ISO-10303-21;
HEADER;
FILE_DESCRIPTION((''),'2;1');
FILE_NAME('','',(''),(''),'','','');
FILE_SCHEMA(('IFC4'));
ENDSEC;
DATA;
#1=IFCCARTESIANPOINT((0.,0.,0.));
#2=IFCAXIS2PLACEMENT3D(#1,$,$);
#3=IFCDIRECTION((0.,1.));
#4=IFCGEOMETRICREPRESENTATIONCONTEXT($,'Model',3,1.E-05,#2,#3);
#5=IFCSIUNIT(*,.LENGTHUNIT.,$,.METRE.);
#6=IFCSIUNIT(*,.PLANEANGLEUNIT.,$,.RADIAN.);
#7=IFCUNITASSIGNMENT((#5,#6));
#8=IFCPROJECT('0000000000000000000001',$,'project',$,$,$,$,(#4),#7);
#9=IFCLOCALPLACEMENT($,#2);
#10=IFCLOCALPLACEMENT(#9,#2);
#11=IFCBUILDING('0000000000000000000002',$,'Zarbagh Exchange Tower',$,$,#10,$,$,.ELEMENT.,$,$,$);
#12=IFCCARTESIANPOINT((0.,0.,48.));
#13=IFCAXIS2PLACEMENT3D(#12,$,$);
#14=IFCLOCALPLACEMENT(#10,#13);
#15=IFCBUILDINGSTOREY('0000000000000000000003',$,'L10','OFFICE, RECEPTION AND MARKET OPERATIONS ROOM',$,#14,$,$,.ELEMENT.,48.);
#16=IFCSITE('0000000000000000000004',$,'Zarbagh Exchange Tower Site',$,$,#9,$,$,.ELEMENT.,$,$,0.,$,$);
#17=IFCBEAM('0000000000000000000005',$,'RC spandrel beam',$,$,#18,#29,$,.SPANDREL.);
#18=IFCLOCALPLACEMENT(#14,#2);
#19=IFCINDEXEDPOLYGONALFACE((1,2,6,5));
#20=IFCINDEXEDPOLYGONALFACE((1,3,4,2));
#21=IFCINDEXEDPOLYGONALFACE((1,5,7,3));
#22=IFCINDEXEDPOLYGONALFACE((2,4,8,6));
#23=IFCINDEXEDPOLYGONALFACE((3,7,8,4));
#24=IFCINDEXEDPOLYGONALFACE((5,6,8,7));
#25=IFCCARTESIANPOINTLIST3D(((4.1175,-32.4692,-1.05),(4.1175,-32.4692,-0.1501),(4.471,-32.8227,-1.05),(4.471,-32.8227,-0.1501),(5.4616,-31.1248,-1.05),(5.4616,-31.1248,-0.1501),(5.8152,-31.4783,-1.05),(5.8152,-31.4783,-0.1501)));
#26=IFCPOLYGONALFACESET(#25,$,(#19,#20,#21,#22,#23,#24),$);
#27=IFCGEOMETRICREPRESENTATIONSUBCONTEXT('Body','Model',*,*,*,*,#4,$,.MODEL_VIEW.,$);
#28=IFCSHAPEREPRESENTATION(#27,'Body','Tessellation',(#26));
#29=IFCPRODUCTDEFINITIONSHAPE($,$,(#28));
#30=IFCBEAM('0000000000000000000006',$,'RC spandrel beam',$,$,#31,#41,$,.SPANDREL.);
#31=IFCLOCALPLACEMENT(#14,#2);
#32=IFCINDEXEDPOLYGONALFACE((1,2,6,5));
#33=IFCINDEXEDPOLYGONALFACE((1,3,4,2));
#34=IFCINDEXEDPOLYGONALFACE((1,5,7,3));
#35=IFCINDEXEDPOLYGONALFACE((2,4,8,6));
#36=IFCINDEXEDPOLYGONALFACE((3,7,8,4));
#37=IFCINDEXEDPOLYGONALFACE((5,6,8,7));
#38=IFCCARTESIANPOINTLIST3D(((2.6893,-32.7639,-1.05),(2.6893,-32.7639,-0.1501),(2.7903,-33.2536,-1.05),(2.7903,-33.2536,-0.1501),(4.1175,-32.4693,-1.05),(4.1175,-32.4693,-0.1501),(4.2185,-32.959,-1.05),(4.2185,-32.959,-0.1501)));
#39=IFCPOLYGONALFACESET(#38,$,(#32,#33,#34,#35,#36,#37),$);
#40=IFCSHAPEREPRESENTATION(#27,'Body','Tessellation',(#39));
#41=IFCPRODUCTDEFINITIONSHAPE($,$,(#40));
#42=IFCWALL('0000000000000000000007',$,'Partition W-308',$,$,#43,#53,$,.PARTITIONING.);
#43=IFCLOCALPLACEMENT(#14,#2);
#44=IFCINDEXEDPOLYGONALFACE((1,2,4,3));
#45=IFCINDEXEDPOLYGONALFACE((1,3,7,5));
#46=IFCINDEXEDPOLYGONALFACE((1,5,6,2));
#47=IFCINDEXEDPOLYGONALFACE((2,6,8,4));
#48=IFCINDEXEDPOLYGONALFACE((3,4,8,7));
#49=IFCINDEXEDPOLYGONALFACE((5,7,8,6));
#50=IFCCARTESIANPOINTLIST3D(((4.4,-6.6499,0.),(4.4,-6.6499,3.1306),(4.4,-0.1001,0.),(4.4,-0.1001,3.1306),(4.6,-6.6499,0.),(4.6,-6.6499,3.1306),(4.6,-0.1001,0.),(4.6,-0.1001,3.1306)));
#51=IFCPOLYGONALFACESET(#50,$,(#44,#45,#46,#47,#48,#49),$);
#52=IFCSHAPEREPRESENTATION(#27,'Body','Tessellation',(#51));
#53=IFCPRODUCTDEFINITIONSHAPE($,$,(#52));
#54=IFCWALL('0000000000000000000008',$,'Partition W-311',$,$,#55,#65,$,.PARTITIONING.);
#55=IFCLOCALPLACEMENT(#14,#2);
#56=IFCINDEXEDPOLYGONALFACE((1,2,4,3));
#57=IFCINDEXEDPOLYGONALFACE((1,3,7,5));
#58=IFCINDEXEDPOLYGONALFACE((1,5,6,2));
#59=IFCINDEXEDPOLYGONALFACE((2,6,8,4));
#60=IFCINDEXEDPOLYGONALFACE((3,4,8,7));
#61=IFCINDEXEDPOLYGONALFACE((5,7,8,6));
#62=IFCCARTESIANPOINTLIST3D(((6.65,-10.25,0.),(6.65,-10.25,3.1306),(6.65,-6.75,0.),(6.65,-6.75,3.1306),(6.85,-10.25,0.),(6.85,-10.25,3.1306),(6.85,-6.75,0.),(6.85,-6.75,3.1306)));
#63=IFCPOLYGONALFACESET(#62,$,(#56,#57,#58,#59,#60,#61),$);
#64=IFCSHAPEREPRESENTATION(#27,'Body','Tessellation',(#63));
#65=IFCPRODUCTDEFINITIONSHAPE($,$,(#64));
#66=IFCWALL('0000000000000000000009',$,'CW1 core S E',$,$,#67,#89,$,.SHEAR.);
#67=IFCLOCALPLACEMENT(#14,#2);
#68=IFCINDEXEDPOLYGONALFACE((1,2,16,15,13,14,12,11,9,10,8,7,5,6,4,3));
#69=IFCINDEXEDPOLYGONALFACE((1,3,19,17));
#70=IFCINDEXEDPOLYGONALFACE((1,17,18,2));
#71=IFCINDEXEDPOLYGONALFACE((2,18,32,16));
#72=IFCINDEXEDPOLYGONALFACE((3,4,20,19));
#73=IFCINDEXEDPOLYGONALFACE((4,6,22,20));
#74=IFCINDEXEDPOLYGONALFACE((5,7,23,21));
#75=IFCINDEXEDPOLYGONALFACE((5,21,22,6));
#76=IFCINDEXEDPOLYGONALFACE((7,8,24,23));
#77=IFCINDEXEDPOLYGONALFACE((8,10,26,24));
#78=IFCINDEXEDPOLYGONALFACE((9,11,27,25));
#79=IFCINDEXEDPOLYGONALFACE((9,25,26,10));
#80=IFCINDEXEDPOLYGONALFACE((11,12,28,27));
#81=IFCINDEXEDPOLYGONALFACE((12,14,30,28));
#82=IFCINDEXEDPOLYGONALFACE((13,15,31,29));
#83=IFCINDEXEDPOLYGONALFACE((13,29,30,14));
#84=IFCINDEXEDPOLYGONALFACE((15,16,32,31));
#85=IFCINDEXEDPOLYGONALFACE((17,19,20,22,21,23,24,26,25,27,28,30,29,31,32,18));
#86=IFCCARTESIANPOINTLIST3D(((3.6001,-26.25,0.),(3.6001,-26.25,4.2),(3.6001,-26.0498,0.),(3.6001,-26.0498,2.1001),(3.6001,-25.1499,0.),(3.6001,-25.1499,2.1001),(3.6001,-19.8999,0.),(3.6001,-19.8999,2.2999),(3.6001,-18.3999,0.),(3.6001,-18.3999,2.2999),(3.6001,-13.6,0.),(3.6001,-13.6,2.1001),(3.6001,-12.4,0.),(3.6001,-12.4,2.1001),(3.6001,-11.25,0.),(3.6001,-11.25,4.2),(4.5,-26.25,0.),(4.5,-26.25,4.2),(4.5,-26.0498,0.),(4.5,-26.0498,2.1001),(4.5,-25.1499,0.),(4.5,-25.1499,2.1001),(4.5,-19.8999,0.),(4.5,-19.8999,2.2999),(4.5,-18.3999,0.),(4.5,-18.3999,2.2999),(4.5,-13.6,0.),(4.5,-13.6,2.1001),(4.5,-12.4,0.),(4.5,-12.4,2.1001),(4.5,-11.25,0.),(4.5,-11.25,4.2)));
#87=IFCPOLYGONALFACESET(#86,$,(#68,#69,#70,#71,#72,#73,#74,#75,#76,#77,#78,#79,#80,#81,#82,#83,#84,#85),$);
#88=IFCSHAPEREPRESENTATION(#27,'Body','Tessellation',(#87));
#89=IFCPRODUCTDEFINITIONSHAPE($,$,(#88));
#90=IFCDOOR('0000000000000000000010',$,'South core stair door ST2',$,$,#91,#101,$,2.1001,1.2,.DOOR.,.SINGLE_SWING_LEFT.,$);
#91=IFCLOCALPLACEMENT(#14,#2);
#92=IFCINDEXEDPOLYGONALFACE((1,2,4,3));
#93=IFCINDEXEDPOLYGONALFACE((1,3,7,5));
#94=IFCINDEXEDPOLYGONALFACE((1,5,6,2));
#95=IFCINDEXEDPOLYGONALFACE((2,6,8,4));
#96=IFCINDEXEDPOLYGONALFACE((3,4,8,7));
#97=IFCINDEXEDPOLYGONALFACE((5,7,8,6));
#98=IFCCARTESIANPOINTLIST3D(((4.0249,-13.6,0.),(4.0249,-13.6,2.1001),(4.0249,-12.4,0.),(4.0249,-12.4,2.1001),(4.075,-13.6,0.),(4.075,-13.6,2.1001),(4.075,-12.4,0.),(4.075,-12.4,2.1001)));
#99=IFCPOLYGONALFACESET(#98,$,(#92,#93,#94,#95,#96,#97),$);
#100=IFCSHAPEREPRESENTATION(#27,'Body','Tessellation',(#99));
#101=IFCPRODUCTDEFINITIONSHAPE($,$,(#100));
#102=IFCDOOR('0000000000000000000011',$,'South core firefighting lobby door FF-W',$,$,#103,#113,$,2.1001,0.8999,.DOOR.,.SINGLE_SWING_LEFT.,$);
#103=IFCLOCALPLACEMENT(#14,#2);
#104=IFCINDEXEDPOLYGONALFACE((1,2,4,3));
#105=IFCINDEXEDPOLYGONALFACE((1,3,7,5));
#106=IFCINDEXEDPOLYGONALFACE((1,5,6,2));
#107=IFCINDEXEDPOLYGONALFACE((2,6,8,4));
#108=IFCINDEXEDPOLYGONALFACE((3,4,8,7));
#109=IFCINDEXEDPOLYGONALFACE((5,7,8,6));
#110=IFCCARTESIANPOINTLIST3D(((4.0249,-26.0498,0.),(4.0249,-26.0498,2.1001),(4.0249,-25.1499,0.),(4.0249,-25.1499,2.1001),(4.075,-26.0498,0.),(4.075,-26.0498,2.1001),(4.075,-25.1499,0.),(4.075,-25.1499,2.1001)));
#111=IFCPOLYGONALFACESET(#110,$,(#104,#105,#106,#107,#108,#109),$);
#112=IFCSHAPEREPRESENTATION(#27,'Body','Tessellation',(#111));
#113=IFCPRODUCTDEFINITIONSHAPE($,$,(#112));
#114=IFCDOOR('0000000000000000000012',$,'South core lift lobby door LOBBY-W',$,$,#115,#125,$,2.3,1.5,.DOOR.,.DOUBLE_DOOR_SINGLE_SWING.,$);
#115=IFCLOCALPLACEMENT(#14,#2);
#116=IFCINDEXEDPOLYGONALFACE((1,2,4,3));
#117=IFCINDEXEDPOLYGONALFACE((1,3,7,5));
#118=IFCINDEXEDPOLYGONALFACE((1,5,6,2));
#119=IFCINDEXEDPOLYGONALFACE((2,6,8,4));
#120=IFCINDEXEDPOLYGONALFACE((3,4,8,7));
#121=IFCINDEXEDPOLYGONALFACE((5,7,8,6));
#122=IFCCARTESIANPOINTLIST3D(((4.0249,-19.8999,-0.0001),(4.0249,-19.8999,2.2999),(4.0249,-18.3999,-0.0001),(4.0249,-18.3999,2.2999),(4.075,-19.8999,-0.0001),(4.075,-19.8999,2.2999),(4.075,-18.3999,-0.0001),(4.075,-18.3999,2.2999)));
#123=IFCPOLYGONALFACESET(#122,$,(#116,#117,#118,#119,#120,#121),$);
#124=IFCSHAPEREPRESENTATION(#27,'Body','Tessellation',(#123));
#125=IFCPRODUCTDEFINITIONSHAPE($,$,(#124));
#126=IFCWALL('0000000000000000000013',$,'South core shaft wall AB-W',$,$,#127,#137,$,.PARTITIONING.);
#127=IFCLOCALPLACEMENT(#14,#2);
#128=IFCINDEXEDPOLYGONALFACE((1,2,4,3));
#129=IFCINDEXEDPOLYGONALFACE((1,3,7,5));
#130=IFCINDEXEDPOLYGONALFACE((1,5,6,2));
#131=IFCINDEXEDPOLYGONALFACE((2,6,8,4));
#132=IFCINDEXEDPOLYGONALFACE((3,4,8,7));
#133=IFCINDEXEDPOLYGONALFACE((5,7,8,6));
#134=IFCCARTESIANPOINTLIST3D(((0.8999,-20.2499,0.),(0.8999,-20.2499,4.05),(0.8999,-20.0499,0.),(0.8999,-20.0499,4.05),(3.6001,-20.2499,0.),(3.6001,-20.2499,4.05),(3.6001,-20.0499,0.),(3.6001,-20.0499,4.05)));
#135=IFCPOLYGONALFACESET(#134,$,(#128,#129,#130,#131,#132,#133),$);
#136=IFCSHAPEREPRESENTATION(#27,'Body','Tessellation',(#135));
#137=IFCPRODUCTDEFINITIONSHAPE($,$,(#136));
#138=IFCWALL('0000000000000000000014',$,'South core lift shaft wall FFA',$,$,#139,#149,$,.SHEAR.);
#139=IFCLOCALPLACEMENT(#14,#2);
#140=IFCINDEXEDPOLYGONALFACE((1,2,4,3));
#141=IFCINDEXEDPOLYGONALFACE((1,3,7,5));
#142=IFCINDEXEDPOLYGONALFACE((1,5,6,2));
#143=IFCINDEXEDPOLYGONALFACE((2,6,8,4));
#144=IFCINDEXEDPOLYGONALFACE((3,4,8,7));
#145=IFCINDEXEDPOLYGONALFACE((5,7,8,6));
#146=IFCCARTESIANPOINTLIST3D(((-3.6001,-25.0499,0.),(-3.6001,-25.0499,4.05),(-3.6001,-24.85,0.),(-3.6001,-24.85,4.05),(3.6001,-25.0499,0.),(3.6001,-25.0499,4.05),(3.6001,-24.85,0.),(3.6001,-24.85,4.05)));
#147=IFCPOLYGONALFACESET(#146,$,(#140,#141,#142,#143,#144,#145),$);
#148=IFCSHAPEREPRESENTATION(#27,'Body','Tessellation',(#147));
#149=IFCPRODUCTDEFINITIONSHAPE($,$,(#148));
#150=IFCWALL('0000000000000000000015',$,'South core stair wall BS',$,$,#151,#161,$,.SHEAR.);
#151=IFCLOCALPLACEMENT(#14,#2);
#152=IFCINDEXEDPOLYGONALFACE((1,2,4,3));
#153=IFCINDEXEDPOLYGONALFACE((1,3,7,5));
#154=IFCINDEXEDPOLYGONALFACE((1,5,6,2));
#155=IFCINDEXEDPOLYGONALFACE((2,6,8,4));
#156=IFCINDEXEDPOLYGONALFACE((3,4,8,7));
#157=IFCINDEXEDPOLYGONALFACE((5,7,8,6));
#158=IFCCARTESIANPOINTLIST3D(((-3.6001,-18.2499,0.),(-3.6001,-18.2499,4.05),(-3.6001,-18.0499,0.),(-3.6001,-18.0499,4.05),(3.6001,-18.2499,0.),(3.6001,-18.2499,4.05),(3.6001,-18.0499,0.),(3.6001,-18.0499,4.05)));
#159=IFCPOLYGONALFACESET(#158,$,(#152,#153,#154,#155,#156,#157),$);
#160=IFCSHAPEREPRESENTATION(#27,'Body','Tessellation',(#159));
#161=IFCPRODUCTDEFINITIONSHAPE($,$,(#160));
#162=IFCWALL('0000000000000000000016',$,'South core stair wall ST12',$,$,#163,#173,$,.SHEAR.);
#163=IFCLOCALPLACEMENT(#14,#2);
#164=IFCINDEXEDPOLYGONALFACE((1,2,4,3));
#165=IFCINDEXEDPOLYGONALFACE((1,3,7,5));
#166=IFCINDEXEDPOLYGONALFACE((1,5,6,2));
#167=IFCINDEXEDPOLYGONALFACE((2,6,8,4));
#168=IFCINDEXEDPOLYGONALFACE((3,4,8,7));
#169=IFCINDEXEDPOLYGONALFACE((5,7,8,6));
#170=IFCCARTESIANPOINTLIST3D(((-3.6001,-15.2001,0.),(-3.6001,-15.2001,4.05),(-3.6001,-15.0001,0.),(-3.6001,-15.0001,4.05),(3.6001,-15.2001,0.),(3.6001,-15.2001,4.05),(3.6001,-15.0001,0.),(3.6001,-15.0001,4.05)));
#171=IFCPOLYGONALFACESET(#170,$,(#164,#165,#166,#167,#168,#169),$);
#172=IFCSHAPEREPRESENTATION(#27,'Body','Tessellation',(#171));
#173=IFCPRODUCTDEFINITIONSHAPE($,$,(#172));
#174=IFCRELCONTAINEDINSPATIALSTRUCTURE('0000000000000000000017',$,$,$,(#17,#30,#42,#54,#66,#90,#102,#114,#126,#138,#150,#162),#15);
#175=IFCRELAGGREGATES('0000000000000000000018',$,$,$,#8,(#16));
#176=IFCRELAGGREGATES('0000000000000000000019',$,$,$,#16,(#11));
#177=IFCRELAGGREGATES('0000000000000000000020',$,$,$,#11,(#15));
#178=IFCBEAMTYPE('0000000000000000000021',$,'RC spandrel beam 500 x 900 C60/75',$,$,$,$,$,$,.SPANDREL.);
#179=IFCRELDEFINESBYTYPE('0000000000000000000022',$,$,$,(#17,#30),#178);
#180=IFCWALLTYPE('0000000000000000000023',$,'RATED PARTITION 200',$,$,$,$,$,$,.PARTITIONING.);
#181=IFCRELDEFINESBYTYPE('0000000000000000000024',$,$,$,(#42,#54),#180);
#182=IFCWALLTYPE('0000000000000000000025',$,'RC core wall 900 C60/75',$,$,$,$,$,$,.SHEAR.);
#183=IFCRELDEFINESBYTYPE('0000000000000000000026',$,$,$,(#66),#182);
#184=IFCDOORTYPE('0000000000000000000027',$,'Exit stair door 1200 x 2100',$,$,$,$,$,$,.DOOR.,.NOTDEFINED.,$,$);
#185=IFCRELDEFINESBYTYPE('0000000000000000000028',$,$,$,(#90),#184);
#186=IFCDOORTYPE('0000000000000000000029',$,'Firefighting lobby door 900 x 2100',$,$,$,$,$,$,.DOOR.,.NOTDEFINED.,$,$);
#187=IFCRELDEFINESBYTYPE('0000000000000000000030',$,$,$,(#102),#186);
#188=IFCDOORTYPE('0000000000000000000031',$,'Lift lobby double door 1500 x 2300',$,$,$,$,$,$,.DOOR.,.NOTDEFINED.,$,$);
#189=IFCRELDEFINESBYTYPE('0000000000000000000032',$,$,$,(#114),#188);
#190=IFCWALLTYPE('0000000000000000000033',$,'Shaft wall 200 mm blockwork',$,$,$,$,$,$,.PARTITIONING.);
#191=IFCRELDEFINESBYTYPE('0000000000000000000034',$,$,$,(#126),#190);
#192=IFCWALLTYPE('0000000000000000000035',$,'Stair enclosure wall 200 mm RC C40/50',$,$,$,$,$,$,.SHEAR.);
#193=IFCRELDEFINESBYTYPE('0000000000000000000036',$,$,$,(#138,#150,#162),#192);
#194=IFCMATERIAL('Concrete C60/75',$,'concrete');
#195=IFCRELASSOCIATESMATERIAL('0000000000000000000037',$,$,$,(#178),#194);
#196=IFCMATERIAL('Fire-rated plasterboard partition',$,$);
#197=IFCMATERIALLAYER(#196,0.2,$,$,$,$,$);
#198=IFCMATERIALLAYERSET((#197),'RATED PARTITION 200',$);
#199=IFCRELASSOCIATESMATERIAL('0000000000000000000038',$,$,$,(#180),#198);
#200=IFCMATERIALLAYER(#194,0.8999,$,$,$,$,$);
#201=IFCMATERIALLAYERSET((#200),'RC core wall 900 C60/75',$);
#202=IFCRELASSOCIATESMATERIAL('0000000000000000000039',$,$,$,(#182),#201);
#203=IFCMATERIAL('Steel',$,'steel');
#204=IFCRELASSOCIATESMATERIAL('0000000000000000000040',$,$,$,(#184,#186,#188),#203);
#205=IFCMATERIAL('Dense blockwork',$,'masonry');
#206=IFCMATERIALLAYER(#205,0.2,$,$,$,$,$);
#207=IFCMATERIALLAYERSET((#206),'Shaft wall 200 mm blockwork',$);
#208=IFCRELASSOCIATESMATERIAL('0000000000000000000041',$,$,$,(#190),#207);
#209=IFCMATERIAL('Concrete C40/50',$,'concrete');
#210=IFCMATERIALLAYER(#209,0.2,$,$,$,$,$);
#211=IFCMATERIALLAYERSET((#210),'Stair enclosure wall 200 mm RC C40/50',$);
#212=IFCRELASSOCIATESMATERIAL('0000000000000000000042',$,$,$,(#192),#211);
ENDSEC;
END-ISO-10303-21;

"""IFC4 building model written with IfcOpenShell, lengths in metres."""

from ifc_helpers import new_model, si_unit, direction, frame, frame_2d, origin, origin_2d, place, context, subcontext, project, spatial, rectangle, extrude, material, layer, layer_set, material_profile, profile_set, type_object, element, fill, save


model = new_model("IFC4")

# Units and contexts
model_context = context("Model", 3, precision=1e-05, world=origin(), true_north=direction((0.0, 1.0)))
body_context = subcontext(model_context, "Body", "Model", "MODEL_VIEW")
ifc_project = project(units=[si_unit("LENGTHUNIT", "METRE"), si_unit("PLANEANGLEUNIT", "RADIAN")], contexts=[model_context])

# Site, building, storey
site_placement = place(None, origin())
site = spatial("IfcSite", under=ifc_project, at=site_placement, Name="Zarbagh Exchange Tower Site", CompositionType="ELEMENT", RefElevation=0.0)
building_placement = place(site_placement, origin())
building = spatial("IfcBuilding", under=site, at=building_placement, Name="Zarbagh Exchange Tower", CompositionType="ELEMENT")
storey_placement = place(building_placement, frame((0.0, 0.0, 48.0)))
storey = spatial("IfcBuildingStorey", under=building, at=storey_placement, Name="L10", Description="OFFICE, RECEPTION AND MARKET OPERATIONS ROOM", CompositionType="ELEMENT", Elevation=48.0)

# Shared definitions
ifc_material_1 = material(Name="Concrete C60/75", Category="concrete")

# Beams
ifc_material_profile_1 = material_profile(ifc_material_1, rectangle(XDim=0.5, YDim=0.8999, at=origin_2d()), Name="RC spandrel beam 500 x 900 C60/75")
ifc_profile_set_1 = profile_set([ifc_material_profile_1], Name="Concrete C60/75")
beam_type_1 = type_object("IfcBeamType", Name="RC spandrel beam 500 x 900 C60/75", PredefinedType="SPANDREL", material=ifc_profile_set_1)
beam_1_placement = place(storey_placement, frame((5.6384, -31.3015, -0.6001), z_axis=(-0.707043, -0.707171, 0.0), x_axis=(0.707171, -0.707043, 0.0)))
element("IfcBeam", 1, at=beam_1_placement, inside=storey, type_object=beam_type_1, Name="RC spandrel beam", PredefinedType="SPANDREL", context=body_context, shape_type="SweptSolid", body=[
    extrude(rectangle(XDim=0.5, YDim=0.8999, at=origin_2d()), origin(), (0.0, 0.0, 1.0), 1.9011),
])
beam_2_placement = place(storey_placement, frame((4.168, -32.7141, -0.6001), z_axis=(-0.979371, -0.202069, 0.0), x_axis=(0.202069, -0.979371, 0.0)))
element("IfcBeam", 2, at=beam_2_placement, inside=storey, type_object=beam_type_1, Name="RC spandrel beam", PredefinedType="SPANDREL", context=body_context, shape_type="SweptSolid", body=[
    extrude(rectangle(XDim=0.5, YDim=0.8999, at=origin_2d()), origin(), (0.0, 0.0, 1.0), 1.4583),
])

# Walls
ifc_material_2 = material(Name="Fire-rated plasterboard partition")
ifc_layer_1 = layer(ifc_material_2, 0.2)
ifc_layer_set_1 = layer_set([ifc_layer_1], Name="RATED PARTITION 200")
wall_type_1 = type_object("IfcWallType", Name="RATED PARTITION 200", PredefinedType="PARTITIONING", material=ifc_layer_set_1)
wall_1_placement = place(storey_placement, frame((4.5, -6.6499, 0.0), z_axis=(0.0, 0.0, 1.0), x_axis=(0.0, 1.0, 0.0)))
element("IfcWall", 3, at=wall_1_placement, inside=storey, type_object=wall_type_1, Name="Partition W-308", PredefinedType="PARTITIONING", context=body_context, shape_type="SweptSolid", body=[
    extrude(rectangle(XDim=6.5498, YDim=0.2, at=frame_2d((3.2749, 0.0))), origin(), (0.0, 0.0, 1.0), 3.1306),
])
wall_2_placement = place(storey_placement, frame((6.75, -10.25, 0.0), z_axis=(0.0, 0.0, 1.0), x_axis=(0.0, 1.0, 0.0)))
element("IfcWall", 4, at=wall_2_placement, inside=storey, type_object=wall_type_1, Name="Partition W-311", PredefinedType="PARTITIONING", context=body_context, shape_type="SweptSolid", body=[
    extrude(rectangle(XDim=3.5, YDim=0.2, at=frame_2d((1.75, 0.0))), origin(), (0.0, 0.0, 1.0), 3.1306),
])

# Wall, openings, doors
ifc_layer_2 = layer(ifc_material_1, 0.8999)
ifc_layer_set_2 = layer_set([ifc_layer_2], Name="RC core wall 900 C60/75")
wall_type_2 = type_object("IfcWallType", Name="RC core wall 900 C60/75", PredefinedType="SHEAR", material=ifc_layer_set_2)
wall_3_placement = place(storey_placement, frame((4.05, -11.25, 0.0), z_axis=(0.0, 0.0, 1.0), x_axis=(0.0, -1.0, 0.0)))
wall_3 = element("IfcWall", 5, at=wall_3_placement, inside=storey, type_object=wall_type_2, Name="CW1 core S E", PredefinedType="SHEAR", context=body_context, shape_type="SweptSolid", body=[
    extrude(rectangle(XDim=15.0, YDim=0.8999, at=frame_2d((7.5, 0.0))), origin(), (0.0, 0.0, 1.0), 4.2),
])
opening_1_placement = place(wall_3_placement, frame((7.1499, 0.0, 0.0)))
opening_1 = element("IfcOpeningElement", 6, at=opening_1_placement, cuts=wall_3, PredefinedType="OPENING", context=body_context, shape_type="SweptSolid", body=[
    extrude(rectangle(XDim=1.5, YDim=2.3, at=frame_2d((0.75, 1.1499))), frame((0.0, 0.46, 0.0), z_axis=(0.0, -1.0, 0.0), x_axis=(1.0, 0.0, 0.0)), (0.0, 0.0, 1.0), 0.9199),
])
opening_2_placement = place(wall_3_placement, frame((13.8999, 0.0, 0.0)))
opening_2 = element("IfcOpeningElement", 7, at=opening_2_placement, cuts=wall_3, PredefinedType="OPENING", context=body_context, shape_type="SweptSolid", body=[
    extrude(rectangle(XDim=0.8999, YDim=2.1001, at=frame_2d((0.45, 1.05))), frame((0.0, 0.46, 0.0), z_axis=(0.0, -1.0, 0.0), x_axis=(1.0, 0.0, 0.0)), (0.0, 0.0, 1.0), 0.9199),
])
opening_3_placement = place(wall_3_placement, frame((1.1499, 0.0, 0.0)))
opening_3 = element("IfcOpeningElement", 8, at=opening_3_placement, cuts=wall_3, PredefinedType="OPENING", context=body_context, shape_type="SweptSolid", body=[
    extrude(rectangle(XDim=1.2, YDim=2.1001, at=frame_2d((0.6001, 1.05))), frame((0.0, 0.46, 0.0), z_axis=(0.0, -1.0, 0.0), x_axis=(1.0, 0.0, 0.0)), (0.0, 0.0, 1.0), 0.9199),
])
ifc_material_3 = material(Name="Steel", Category="steel")
door_type_1 = type_object("IfcDoorType", Name="Exit stair door 1200 x 2100", OperationType="NOTDEFINED", PredefinedType="DOOR", material=ifc_material_3)
door_1_placement = place(opening_3_placement, origin())
door_1 = element("IfcDoor", 9, at=door_1_placement, inside=storey, type_object=door_type_1, Name="South core stair door ST2", OperationType="SINGLE_SWING_LEFT", OverallHeight=2.1001, OverallWidth=1.2, PredefinedType="DOOR", context=body_context, shape_type="SweptSolid", body=[
    extrude(rectangle(XDim=1.2, YDim=2.1001, at=frame_2d((0.6001, 1.05))), frame((0.0, 0.0249, 0.0), z_axis=(0.0, -1.0, 0.0), x_axis=(1.0, 0.0, 0.0)), (0.0, 0.0, 1.0), 0.05),
])
fill(opening_3, door_1)
door_type_2 = type_object("IfcDoorType", Name="Firefighting lobby door 900 x 2100", OperationType="NOTDEFINED", PredefinedType="DOOR", material=ifc_material_3)
door_2_placement = place(opening_2_placement, origin())
door_2 = element("IfcDoor", 10, at=door_2_placement, inside=storey, type_object=door_type_2, Name="South core firefighting lobby door FF-W", OperationType="SINGLE_SWING_LEFT", OverallHeight=2.1001, OverallWidth=0.8999, PredefinedType="DOOR", context=body_context, shape_type="SweptSolid", body=[
    extrude(rectangle(XDim=0.8999, YDim=2.1001, at=frame_2d((0.45, 1.05))), frame((0.0, 0.0249, 0.0), z_axis=(0.0, -1.0, 0.0), x_axis=(1.0, 0.0, 0.0)), (0.0, 0.0, 1.0), 0.05),
])
fill(opening_2, door_2)
door_type_3 = type_object("IfcDoorType", Name="Lift lobby double door 1500 x 2300", OperationType="NOTDEFINED", PredefinedType="DOOR", material=ifc_material_3)
door_3_placement = place(opening_1_placement, origin())
door_3 = element("IfcDoor", 11, at=door_3_placement, inside=storey, type_object=door_type_3, Name="South core lift lobby door LOBBY-W", OperationType="DOUBLE_DOOR_SINGLE_SWING", OverallHeight=2.3, OverallWidth=1.5, PredefinedType="DOOR", context=body_context, shape_type="SweptSolid", body=[
    extrude(rectangle(XDim=1.5, YDim=2.3, at=frame_2d((0.75, 1.1499))), frame((0.0, 0.0249, 0.0), z_axis=(0.0, -1.0, 0.0), x_axis=(1.0, 0.0, 0.0)), (0.0, 0.0, 1.0), 0.05),
])
fill(opening_1, door_3)

# Walls
ifc_material_4 = material(Name="Dense blockwork", Category="masonry")
ifc_layer_3 = layer(ifc_material_4, 0.2)
ifc_layer_set_3 = layer_set([ifc_layer_3], Name="Shaft wall 200 mm blockwork")
wall_type_3 = type_object("IfcWallType", Name="Shaft wall 200 mm blockwork", PredefinedType="PARTITIONING", material=ifc_layer_set_3)
wall_4_placement = place(storey_placement, frame((3.6001, -20.1499, 0.0), z_axis=(0.0, 0.0, 1.0), x_axis=(-1.0, 0.0, 0.0)))
element("IfcWall", 12, at=wall_4_placement, inside=storey, type_object=wall_type_3, Name="South core shaft wall AB-W", PredefinedType="PARTITIONING", context=body_context, shape_type="SweptSolid", body=[
    extrude(rectangle(XDim=2.7002, YDim=0.2, at=frame_2d((1.3501, 0.0))), origin(), (0.0, 0.0, 1.0), 4.05),
])
ifc_material_5 = material(Name="Concrete C40/50", Category="concrete")
ifc_layer_4 = layer(ifc_material_5, 0.2)
ifc_layer_set_4 = layer_set([ifc_layer_4], Name="Stair enclosure wall 200 mm RC C40/50")
wall_type_4 = type_object("IfcWallType", Name="Stair enclosure wall 200 mm RC C40/50", PredefinedType="SHEAR", material=ifc_layer_set_4)
for number, where, z_axis, x_axis, name in (
    (13, (3.6001, -24.95, 0.0), (0.0, 0.0, 1.0), (-1.0, 0.0, 0.0), "South core lift shaft wall FFA"),
    (14, (3.6001, -18.1499, 0.0), (0.0, 0.0, 1.0), (-1.0, 0.0, 0.0), "South core stair wall BS"),
    (15, (3.6001, -15.1001, 0.0), (0.0, 0.0, 1.0), (-1.0, 0.0, 0.0), "South core stair wall ST12"),
):
    element("IfcWall", number, at=place(storey_placement, frame(where, z_axis=z_axis, x_axis=x_axis)), inside=storey, type_object=wall_type_4, Name=name, PredefinedType="SHEAR", context=body_context, shape_type="SweptSolid", body=[
        extrude(rectangle(XDim=7.2002, YDim=0.2, at=frame_2d((3.6001, 0.0))), origin(), (0.0, 0.0, 1.0), 4.05),
    ])

save(model, "model.ifc")
